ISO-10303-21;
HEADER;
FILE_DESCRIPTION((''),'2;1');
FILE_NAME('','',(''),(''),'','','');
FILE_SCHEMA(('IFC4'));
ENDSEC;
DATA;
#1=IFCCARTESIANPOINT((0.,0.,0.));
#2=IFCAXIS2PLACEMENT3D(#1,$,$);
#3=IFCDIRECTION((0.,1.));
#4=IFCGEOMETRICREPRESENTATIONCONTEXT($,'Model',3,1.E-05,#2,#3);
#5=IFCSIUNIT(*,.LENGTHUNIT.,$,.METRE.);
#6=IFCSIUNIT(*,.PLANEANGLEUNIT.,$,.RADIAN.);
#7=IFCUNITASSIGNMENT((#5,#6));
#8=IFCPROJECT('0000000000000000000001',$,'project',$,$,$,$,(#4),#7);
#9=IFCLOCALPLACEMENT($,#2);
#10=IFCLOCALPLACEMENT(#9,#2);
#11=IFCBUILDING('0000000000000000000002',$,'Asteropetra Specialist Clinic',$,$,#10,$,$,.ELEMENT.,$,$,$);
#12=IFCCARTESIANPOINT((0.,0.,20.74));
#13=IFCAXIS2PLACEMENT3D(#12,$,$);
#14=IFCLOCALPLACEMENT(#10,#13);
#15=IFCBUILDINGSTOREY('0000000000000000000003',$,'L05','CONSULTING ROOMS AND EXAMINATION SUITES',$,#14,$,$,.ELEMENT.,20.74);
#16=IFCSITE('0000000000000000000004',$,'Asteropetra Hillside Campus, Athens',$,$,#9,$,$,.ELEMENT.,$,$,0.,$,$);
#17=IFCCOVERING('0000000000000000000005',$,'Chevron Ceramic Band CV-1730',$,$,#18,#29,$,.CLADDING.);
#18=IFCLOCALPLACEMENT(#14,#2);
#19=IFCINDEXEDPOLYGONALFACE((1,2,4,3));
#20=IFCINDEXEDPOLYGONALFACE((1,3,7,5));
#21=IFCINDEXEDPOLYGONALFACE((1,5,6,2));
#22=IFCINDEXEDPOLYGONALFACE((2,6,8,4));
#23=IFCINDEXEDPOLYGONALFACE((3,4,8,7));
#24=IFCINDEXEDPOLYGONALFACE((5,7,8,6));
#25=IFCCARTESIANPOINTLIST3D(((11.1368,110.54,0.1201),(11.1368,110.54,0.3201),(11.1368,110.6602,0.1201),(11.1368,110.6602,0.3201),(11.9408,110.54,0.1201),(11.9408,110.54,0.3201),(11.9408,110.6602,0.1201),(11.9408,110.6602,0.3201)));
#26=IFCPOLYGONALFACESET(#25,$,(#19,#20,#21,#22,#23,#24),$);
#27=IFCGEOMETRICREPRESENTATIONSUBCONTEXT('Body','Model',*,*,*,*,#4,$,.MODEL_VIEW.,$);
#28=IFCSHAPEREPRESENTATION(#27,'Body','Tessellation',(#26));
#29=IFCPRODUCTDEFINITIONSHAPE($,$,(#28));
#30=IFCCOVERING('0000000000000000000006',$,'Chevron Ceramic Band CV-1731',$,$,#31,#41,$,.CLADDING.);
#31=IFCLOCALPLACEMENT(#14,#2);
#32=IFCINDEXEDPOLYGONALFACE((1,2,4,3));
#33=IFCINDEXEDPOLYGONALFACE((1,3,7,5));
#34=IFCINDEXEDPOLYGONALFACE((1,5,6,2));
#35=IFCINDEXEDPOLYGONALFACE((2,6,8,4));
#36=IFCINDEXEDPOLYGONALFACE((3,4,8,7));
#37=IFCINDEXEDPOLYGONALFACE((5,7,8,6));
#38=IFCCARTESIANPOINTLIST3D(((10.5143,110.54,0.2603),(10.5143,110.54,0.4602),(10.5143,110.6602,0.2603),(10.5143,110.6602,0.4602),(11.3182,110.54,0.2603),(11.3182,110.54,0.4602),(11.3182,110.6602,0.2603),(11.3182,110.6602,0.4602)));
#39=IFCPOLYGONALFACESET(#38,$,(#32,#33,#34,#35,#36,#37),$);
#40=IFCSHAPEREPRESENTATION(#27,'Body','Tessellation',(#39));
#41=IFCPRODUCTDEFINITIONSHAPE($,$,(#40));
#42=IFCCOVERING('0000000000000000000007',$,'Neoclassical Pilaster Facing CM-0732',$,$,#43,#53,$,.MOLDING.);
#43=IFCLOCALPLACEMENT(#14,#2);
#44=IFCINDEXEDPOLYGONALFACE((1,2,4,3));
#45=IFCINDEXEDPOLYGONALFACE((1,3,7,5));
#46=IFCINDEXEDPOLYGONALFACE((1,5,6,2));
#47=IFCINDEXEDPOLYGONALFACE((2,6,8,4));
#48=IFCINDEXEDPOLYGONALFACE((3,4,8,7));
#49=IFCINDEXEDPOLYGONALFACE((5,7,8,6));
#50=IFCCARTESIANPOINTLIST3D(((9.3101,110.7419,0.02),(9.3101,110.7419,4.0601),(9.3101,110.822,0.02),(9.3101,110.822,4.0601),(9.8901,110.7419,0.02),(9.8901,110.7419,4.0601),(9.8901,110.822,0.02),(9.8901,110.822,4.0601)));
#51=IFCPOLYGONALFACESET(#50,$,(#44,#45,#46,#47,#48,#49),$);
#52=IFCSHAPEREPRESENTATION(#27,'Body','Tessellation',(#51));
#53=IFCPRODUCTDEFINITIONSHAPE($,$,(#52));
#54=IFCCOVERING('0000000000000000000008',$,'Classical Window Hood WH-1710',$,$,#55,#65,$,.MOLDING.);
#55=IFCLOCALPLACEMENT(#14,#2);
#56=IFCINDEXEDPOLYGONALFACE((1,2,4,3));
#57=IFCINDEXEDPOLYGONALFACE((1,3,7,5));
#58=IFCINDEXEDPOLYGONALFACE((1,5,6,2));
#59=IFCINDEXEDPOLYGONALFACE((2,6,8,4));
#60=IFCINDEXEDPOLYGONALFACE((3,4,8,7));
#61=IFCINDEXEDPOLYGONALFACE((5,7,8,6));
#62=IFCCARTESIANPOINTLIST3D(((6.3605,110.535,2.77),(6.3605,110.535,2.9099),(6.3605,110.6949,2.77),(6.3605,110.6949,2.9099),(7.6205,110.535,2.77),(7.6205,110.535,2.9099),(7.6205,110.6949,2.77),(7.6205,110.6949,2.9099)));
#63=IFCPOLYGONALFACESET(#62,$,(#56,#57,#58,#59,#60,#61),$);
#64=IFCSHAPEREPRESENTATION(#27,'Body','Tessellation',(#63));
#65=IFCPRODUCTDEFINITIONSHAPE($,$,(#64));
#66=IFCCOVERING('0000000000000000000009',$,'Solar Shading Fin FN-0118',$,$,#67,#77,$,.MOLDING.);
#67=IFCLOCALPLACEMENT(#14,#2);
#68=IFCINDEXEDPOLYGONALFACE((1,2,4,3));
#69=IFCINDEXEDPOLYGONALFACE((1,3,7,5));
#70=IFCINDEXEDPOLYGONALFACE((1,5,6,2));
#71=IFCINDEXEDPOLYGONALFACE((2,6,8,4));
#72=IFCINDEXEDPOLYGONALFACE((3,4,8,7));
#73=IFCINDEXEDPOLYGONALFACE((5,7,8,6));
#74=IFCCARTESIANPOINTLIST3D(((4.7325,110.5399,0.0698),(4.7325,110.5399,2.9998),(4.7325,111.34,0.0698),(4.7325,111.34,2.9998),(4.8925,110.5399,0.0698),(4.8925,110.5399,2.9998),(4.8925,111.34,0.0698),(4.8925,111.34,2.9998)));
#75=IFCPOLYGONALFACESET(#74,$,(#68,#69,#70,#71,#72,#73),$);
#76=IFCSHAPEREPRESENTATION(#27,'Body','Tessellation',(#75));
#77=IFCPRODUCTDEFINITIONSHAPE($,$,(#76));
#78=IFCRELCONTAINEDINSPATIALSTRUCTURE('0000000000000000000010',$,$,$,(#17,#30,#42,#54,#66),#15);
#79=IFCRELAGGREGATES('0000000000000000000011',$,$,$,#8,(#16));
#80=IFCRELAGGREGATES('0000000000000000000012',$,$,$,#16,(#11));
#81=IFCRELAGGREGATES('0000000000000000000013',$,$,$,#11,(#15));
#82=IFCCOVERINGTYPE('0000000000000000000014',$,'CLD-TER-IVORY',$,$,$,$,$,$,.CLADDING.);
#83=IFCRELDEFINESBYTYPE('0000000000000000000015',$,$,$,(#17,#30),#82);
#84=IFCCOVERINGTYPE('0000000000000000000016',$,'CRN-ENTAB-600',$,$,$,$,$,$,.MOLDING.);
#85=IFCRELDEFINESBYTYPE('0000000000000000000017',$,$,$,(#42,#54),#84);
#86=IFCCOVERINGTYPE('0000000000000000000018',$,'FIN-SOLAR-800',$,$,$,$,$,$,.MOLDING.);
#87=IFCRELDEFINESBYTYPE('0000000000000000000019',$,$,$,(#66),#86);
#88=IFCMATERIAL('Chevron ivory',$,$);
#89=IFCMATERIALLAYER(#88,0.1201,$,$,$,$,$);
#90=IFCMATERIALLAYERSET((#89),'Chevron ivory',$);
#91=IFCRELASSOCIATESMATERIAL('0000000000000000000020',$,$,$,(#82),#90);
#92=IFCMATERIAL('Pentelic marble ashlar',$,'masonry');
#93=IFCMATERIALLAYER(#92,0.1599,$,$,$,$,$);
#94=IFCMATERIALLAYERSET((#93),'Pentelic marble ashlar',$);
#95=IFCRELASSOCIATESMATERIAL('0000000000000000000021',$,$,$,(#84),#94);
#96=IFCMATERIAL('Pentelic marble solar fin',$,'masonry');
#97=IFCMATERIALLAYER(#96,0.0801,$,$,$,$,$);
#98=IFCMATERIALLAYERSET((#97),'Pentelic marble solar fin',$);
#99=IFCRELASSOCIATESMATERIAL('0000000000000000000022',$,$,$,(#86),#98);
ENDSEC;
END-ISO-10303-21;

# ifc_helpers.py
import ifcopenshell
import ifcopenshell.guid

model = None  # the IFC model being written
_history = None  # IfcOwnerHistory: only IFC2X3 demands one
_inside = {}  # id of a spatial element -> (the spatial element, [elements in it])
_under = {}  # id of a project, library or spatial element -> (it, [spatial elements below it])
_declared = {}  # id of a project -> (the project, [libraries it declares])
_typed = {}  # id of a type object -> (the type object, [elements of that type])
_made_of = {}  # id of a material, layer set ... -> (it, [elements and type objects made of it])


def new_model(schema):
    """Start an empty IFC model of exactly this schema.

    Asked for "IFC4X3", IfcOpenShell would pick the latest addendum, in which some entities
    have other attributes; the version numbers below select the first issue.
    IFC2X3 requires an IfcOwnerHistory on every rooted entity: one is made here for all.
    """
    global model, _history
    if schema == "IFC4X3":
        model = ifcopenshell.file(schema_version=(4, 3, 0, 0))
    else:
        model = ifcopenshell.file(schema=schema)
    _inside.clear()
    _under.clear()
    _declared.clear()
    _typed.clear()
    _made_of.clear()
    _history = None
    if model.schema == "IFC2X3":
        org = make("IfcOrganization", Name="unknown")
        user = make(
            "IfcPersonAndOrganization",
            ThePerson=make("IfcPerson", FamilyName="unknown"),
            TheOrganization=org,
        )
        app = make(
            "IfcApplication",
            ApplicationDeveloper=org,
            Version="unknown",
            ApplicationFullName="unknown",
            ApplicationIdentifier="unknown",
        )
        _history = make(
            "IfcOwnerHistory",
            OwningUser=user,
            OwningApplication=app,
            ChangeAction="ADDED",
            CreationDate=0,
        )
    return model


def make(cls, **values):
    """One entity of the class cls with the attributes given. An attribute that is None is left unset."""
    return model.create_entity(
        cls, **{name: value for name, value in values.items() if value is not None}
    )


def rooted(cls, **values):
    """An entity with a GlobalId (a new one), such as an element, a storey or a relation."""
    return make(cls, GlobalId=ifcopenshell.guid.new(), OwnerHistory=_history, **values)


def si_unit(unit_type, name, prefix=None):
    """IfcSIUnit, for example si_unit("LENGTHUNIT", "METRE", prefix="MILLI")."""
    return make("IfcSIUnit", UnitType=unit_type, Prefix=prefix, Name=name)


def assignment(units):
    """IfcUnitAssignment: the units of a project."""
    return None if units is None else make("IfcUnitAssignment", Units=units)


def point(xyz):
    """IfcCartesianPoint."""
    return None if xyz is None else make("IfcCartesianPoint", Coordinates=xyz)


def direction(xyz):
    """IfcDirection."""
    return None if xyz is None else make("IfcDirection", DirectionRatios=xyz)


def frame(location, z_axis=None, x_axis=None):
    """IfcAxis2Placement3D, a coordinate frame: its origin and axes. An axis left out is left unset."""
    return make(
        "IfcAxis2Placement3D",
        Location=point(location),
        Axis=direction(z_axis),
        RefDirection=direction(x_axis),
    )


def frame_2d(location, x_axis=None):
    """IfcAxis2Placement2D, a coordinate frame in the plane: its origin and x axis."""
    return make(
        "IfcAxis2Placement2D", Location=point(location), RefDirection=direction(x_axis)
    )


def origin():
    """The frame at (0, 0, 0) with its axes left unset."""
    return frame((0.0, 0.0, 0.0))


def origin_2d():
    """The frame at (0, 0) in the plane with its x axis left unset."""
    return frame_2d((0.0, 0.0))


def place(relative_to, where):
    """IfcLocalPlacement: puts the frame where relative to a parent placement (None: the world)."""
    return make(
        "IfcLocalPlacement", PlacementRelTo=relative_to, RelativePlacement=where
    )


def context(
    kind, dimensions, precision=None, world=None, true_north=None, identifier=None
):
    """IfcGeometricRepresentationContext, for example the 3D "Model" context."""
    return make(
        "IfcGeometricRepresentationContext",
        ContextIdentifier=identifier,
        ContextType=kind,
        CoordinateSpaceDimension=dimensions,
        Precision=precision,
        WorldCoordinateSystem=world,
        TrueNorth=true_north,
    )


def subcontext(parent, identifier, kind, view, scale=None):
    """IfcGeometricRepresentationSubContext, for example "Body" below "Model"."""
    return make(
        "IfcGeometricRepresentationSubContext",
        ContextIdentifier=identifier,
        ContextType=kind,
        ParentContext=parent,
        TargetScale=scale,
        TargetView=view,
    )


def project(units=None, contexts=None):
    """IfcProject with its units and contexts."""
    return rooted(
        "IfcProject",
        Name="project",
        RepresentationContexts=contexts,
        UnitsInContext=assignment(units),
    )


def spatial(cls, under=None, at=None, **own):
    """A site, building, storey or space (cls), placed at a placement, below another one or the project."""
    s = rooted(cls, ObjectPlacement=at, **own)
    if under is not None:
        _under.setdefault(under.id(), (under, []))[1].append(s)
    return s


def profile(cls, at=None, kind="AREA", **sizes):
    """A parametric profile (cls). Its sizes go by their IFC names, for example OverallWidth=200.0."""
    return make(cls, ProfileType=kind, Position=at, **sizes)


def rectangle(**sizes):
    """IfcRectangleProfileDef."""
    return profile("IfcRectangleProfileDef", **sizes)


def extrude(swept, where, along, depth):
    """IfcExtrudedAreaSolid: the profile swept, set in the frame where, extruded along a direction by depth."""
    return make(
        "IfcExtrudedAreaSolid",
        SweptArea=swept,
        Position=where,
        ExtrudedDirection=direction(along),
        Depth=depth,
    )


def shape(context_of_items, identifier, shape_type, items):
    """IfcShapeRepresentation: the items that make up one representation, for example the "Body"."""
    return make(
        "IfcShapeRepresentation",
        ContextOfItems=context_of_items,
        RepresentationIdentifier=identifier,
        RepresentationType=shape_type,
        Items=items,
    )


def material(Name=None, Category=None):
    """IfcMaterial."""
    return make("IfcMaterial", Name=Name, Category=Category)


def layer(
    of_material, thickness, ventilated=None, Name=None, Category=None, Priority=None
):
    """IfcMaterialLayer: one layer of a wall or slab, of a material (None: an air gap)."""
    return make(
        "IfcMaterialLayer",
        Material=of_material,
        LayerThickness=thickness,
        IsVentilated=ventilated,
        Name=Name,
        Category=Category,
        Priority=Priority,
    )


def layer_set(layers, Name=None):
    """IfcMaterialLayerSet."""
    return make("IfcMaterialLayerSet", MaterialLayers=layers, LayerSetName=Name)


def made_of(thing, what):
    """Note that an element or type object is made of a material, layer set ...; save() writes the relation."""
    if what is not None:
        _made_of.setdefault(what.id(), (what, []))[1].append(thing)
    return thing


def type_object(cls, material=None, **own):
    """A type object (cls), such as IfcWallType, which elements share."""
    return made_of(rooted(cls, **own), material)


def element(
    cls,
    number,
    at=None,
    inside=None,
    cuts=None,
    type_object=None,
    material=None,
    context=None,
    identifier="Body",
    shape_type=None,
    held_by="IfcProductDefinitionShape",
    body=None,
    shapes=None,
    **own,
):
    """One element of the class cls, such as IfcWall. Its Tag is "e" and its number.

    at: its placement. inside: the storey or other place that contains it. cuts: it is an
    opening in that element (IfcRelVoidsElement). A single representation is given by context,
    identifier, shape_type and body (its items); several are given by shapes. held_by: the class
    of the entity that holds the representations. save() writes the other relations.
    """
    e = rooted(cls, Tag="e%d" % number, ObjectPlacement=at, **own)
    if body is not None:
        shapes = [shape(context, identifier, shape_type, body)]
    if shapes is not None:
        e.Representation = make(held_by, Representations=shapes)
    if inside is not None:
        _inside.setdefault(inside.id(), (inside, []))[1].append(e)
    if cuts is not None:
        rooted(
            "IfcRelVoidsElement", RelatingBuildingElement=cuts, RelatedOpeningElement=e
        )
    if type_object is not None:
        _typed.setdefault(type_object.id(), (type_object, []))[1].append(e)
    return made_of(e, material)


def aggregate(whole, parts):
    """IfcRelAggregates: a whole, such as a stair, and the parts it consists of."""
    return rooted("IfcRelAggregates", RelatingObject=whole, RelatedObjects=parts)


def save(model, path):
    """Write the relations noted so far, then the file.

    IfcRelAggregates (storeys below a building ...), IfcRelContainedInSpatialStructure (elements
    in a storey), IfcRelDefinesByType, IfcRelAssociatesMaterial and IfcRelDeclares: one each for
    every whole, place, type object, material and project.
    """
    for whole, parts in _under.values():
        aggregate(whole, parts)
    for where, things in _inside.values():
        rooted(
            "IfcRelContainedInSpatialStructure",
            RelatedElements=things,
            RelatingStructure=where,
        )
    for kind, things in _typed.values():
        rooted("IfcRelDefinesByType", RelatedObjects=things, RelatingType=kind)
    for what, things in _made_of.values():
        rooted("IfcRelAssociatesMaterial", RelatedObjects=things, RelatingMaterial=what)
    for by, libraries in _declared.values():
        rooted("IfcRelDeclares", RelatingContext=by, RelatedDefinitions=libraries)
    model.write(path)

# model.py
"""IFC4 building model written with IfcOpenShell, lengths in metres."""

from ifc_helpers import new_model, si_unit, direction, frame, origin, origin_2d, place, context, subcontext, project, spatial, rectangle, extrude, material, layer, layer_set, type_object, element, save


model = new_model("IFC4")

# Units and contexts
model_context = context("Model", 3, precision=1e-05, world=origin(), true_north=direction((0.0, 1.0)))
body_context = subcontext(model_context, "Body", "Model", "MODEL_VIEW")
ifc_project = project(units=[si_unit("LENGTHUNIT", "METRE"), si_unit("PLANEANGLEUNIT", "RADIAN")], contexts=[model_context])

# Site, building, storey
site_placement = place(None, origin())
site = spatial("IfcSite", under=ifc_project, at=site_placement, Name="Asteropetra Hillside Campus, Athens", CompositionType="ELEMENT", RefElevation=0.0)
building_placement = place(site_placement, origin())
building = spatial("IfcBuilding", under=site, at=building_placement, Name="Asteropetra Specialist Clinic", CompositionType="ELEMENT")
storey_placement = place(building_placement, frame((0.0, 0.0, 20.74)))
storey = spatial("IfcBuildingStorey", under=building, at=storey_placement, Name="L05", Description="CONSULTING ROOMS AND EXAMINATION SUITES", CompositionType="ELEMENT", Elevation=20.74)

# Coverings
ifc_material_1 = material(Name="Chevron ivory")
ifc_layer_1 = layer(ifc_material_1, 0.1201)
ifc_layer_set_1 = layer_set([ifc_layer_1], Name="Chevron ivory")
covering_type_1 = type_object("IfcCoveringType", Name="CLD-TER-IVORY", PredefinedType="CLADDING", material=ifc_layer_set_1)
for number, where, z_axis, x_axis, name in (
    (1, (11.5388, 110.6001, 0.1201), (0.0, 0.0, 1.0), (1.0, 0.0, 0.0), "Chevron Ceramic Band CV-1730"),
    (2, (10.9163, 110.6001, 0.2603), (0.0, 0.0, 1.0), (1.0, 0.0, 0.0), "Chevron Ceramic Band CV-1731"),
):
    element("IfcCovering", number, at=place(storey_placement, frame(where, z_axis=z_axis, x_axis=x_axis)), inside=storey, type_object=covering_type_1, Name=name, PredefinedType="CLADDING", context=body_context, shape_type="SweptSolid", body=[
        extrude(rectangle(XDim=0.804, YDim=0.1201, at=origin_2d()), origin(), (0.0, 0.0, 1.0), 0.2),
    ])
ifc_material_2 = material(Name="Pentelic marble ashlar", Category="masonry")
ifc_layer_2 = layer(ifc_material_2, 0.1599)
ifc_layer_set_2 = layer_set([ifc_layer_2], Name="Pentelic marble ashlar")
covering_type_2 = type_object("IfcCoveringType", Name="CRN-ENTAB-600", PredefinedType="MOLDING", material=ifc_layer_set_2)
covering_1_placement = place(storey_placement, frame((9.6001, 110.782, 0.02), z_axis=(0.0, 0.0, 1.0), x_axis=(1.0, 0.0, 0.0)))
element("IfcCovering", 3, at=covering_1_placement, inside=storey, type_object=covering_type_2, Name="Neoclassical Pilaster Facing CM-0732", PredefinedType="MOLDING", context=body_context, shape_type="SweptSolid", body=[
    extrude(rectangle(XDim=0.5801, YDim=0.0801, at=origin_2d()), origin(), (0.0, 0.0, 1.0), 4.04),
])
covering_2_placement = place(storey_placement, frame((6.9905, 110.615, 2.77), z_axis=(0.0, 0.0, 1.0), x_axis=(1.0, 0.0, 0.0)))
element("IfcCovering", 4, at=covering_2_placement, inside=storey, type_object=covering_type_2, Name="Classical Window Hood WH-1710", PredefinedType="MOLDING", context=body_context, shape_type="SweptSolid", body=[
    extrude(rectangle(XDim=1.26, YDim=0.1599, at=origin_2d()), origin(), (0.0, 0.0, 1.0), 0.1399),
])
ifc_material_3 = material(Name="Pentelic marble solar fin", Category="masonry")
ifc_layer_3 = layer(ifc_material_3, 0.0801)
ifc_layer_set_3 = layer_set([ifc_layer_3], Name="Pentelic marble solar fin")
covering_type_3 = type_object("IfcCoveringType", Name="FIN-SOLAR-800", PredefinedType="MOLDING", material=ifc_layer_set_3)
covering_3_placement = place(storey_placement, frame((4.8125, 110.9399, 0.0698), z_axis=(0.0, 0.0, 1.0), x_axis=(1.0, 0.0, 0.0)))
element("IfcCovering", 5, at=covering_3_placement, inside=storey, type_object=covering_type_3, Name="Solar Shading Fin FN-0118", PredefinedType="MOLDING", context=body_context, shape_type="SweptSolid", body=[
    extrude(rectangle(XDim=0.1599, YDim=0.8, at=origin_2d()), origin(), (0.0, 0.0, 1.0), 2.9299),
])

save(model, "model.ifc")
